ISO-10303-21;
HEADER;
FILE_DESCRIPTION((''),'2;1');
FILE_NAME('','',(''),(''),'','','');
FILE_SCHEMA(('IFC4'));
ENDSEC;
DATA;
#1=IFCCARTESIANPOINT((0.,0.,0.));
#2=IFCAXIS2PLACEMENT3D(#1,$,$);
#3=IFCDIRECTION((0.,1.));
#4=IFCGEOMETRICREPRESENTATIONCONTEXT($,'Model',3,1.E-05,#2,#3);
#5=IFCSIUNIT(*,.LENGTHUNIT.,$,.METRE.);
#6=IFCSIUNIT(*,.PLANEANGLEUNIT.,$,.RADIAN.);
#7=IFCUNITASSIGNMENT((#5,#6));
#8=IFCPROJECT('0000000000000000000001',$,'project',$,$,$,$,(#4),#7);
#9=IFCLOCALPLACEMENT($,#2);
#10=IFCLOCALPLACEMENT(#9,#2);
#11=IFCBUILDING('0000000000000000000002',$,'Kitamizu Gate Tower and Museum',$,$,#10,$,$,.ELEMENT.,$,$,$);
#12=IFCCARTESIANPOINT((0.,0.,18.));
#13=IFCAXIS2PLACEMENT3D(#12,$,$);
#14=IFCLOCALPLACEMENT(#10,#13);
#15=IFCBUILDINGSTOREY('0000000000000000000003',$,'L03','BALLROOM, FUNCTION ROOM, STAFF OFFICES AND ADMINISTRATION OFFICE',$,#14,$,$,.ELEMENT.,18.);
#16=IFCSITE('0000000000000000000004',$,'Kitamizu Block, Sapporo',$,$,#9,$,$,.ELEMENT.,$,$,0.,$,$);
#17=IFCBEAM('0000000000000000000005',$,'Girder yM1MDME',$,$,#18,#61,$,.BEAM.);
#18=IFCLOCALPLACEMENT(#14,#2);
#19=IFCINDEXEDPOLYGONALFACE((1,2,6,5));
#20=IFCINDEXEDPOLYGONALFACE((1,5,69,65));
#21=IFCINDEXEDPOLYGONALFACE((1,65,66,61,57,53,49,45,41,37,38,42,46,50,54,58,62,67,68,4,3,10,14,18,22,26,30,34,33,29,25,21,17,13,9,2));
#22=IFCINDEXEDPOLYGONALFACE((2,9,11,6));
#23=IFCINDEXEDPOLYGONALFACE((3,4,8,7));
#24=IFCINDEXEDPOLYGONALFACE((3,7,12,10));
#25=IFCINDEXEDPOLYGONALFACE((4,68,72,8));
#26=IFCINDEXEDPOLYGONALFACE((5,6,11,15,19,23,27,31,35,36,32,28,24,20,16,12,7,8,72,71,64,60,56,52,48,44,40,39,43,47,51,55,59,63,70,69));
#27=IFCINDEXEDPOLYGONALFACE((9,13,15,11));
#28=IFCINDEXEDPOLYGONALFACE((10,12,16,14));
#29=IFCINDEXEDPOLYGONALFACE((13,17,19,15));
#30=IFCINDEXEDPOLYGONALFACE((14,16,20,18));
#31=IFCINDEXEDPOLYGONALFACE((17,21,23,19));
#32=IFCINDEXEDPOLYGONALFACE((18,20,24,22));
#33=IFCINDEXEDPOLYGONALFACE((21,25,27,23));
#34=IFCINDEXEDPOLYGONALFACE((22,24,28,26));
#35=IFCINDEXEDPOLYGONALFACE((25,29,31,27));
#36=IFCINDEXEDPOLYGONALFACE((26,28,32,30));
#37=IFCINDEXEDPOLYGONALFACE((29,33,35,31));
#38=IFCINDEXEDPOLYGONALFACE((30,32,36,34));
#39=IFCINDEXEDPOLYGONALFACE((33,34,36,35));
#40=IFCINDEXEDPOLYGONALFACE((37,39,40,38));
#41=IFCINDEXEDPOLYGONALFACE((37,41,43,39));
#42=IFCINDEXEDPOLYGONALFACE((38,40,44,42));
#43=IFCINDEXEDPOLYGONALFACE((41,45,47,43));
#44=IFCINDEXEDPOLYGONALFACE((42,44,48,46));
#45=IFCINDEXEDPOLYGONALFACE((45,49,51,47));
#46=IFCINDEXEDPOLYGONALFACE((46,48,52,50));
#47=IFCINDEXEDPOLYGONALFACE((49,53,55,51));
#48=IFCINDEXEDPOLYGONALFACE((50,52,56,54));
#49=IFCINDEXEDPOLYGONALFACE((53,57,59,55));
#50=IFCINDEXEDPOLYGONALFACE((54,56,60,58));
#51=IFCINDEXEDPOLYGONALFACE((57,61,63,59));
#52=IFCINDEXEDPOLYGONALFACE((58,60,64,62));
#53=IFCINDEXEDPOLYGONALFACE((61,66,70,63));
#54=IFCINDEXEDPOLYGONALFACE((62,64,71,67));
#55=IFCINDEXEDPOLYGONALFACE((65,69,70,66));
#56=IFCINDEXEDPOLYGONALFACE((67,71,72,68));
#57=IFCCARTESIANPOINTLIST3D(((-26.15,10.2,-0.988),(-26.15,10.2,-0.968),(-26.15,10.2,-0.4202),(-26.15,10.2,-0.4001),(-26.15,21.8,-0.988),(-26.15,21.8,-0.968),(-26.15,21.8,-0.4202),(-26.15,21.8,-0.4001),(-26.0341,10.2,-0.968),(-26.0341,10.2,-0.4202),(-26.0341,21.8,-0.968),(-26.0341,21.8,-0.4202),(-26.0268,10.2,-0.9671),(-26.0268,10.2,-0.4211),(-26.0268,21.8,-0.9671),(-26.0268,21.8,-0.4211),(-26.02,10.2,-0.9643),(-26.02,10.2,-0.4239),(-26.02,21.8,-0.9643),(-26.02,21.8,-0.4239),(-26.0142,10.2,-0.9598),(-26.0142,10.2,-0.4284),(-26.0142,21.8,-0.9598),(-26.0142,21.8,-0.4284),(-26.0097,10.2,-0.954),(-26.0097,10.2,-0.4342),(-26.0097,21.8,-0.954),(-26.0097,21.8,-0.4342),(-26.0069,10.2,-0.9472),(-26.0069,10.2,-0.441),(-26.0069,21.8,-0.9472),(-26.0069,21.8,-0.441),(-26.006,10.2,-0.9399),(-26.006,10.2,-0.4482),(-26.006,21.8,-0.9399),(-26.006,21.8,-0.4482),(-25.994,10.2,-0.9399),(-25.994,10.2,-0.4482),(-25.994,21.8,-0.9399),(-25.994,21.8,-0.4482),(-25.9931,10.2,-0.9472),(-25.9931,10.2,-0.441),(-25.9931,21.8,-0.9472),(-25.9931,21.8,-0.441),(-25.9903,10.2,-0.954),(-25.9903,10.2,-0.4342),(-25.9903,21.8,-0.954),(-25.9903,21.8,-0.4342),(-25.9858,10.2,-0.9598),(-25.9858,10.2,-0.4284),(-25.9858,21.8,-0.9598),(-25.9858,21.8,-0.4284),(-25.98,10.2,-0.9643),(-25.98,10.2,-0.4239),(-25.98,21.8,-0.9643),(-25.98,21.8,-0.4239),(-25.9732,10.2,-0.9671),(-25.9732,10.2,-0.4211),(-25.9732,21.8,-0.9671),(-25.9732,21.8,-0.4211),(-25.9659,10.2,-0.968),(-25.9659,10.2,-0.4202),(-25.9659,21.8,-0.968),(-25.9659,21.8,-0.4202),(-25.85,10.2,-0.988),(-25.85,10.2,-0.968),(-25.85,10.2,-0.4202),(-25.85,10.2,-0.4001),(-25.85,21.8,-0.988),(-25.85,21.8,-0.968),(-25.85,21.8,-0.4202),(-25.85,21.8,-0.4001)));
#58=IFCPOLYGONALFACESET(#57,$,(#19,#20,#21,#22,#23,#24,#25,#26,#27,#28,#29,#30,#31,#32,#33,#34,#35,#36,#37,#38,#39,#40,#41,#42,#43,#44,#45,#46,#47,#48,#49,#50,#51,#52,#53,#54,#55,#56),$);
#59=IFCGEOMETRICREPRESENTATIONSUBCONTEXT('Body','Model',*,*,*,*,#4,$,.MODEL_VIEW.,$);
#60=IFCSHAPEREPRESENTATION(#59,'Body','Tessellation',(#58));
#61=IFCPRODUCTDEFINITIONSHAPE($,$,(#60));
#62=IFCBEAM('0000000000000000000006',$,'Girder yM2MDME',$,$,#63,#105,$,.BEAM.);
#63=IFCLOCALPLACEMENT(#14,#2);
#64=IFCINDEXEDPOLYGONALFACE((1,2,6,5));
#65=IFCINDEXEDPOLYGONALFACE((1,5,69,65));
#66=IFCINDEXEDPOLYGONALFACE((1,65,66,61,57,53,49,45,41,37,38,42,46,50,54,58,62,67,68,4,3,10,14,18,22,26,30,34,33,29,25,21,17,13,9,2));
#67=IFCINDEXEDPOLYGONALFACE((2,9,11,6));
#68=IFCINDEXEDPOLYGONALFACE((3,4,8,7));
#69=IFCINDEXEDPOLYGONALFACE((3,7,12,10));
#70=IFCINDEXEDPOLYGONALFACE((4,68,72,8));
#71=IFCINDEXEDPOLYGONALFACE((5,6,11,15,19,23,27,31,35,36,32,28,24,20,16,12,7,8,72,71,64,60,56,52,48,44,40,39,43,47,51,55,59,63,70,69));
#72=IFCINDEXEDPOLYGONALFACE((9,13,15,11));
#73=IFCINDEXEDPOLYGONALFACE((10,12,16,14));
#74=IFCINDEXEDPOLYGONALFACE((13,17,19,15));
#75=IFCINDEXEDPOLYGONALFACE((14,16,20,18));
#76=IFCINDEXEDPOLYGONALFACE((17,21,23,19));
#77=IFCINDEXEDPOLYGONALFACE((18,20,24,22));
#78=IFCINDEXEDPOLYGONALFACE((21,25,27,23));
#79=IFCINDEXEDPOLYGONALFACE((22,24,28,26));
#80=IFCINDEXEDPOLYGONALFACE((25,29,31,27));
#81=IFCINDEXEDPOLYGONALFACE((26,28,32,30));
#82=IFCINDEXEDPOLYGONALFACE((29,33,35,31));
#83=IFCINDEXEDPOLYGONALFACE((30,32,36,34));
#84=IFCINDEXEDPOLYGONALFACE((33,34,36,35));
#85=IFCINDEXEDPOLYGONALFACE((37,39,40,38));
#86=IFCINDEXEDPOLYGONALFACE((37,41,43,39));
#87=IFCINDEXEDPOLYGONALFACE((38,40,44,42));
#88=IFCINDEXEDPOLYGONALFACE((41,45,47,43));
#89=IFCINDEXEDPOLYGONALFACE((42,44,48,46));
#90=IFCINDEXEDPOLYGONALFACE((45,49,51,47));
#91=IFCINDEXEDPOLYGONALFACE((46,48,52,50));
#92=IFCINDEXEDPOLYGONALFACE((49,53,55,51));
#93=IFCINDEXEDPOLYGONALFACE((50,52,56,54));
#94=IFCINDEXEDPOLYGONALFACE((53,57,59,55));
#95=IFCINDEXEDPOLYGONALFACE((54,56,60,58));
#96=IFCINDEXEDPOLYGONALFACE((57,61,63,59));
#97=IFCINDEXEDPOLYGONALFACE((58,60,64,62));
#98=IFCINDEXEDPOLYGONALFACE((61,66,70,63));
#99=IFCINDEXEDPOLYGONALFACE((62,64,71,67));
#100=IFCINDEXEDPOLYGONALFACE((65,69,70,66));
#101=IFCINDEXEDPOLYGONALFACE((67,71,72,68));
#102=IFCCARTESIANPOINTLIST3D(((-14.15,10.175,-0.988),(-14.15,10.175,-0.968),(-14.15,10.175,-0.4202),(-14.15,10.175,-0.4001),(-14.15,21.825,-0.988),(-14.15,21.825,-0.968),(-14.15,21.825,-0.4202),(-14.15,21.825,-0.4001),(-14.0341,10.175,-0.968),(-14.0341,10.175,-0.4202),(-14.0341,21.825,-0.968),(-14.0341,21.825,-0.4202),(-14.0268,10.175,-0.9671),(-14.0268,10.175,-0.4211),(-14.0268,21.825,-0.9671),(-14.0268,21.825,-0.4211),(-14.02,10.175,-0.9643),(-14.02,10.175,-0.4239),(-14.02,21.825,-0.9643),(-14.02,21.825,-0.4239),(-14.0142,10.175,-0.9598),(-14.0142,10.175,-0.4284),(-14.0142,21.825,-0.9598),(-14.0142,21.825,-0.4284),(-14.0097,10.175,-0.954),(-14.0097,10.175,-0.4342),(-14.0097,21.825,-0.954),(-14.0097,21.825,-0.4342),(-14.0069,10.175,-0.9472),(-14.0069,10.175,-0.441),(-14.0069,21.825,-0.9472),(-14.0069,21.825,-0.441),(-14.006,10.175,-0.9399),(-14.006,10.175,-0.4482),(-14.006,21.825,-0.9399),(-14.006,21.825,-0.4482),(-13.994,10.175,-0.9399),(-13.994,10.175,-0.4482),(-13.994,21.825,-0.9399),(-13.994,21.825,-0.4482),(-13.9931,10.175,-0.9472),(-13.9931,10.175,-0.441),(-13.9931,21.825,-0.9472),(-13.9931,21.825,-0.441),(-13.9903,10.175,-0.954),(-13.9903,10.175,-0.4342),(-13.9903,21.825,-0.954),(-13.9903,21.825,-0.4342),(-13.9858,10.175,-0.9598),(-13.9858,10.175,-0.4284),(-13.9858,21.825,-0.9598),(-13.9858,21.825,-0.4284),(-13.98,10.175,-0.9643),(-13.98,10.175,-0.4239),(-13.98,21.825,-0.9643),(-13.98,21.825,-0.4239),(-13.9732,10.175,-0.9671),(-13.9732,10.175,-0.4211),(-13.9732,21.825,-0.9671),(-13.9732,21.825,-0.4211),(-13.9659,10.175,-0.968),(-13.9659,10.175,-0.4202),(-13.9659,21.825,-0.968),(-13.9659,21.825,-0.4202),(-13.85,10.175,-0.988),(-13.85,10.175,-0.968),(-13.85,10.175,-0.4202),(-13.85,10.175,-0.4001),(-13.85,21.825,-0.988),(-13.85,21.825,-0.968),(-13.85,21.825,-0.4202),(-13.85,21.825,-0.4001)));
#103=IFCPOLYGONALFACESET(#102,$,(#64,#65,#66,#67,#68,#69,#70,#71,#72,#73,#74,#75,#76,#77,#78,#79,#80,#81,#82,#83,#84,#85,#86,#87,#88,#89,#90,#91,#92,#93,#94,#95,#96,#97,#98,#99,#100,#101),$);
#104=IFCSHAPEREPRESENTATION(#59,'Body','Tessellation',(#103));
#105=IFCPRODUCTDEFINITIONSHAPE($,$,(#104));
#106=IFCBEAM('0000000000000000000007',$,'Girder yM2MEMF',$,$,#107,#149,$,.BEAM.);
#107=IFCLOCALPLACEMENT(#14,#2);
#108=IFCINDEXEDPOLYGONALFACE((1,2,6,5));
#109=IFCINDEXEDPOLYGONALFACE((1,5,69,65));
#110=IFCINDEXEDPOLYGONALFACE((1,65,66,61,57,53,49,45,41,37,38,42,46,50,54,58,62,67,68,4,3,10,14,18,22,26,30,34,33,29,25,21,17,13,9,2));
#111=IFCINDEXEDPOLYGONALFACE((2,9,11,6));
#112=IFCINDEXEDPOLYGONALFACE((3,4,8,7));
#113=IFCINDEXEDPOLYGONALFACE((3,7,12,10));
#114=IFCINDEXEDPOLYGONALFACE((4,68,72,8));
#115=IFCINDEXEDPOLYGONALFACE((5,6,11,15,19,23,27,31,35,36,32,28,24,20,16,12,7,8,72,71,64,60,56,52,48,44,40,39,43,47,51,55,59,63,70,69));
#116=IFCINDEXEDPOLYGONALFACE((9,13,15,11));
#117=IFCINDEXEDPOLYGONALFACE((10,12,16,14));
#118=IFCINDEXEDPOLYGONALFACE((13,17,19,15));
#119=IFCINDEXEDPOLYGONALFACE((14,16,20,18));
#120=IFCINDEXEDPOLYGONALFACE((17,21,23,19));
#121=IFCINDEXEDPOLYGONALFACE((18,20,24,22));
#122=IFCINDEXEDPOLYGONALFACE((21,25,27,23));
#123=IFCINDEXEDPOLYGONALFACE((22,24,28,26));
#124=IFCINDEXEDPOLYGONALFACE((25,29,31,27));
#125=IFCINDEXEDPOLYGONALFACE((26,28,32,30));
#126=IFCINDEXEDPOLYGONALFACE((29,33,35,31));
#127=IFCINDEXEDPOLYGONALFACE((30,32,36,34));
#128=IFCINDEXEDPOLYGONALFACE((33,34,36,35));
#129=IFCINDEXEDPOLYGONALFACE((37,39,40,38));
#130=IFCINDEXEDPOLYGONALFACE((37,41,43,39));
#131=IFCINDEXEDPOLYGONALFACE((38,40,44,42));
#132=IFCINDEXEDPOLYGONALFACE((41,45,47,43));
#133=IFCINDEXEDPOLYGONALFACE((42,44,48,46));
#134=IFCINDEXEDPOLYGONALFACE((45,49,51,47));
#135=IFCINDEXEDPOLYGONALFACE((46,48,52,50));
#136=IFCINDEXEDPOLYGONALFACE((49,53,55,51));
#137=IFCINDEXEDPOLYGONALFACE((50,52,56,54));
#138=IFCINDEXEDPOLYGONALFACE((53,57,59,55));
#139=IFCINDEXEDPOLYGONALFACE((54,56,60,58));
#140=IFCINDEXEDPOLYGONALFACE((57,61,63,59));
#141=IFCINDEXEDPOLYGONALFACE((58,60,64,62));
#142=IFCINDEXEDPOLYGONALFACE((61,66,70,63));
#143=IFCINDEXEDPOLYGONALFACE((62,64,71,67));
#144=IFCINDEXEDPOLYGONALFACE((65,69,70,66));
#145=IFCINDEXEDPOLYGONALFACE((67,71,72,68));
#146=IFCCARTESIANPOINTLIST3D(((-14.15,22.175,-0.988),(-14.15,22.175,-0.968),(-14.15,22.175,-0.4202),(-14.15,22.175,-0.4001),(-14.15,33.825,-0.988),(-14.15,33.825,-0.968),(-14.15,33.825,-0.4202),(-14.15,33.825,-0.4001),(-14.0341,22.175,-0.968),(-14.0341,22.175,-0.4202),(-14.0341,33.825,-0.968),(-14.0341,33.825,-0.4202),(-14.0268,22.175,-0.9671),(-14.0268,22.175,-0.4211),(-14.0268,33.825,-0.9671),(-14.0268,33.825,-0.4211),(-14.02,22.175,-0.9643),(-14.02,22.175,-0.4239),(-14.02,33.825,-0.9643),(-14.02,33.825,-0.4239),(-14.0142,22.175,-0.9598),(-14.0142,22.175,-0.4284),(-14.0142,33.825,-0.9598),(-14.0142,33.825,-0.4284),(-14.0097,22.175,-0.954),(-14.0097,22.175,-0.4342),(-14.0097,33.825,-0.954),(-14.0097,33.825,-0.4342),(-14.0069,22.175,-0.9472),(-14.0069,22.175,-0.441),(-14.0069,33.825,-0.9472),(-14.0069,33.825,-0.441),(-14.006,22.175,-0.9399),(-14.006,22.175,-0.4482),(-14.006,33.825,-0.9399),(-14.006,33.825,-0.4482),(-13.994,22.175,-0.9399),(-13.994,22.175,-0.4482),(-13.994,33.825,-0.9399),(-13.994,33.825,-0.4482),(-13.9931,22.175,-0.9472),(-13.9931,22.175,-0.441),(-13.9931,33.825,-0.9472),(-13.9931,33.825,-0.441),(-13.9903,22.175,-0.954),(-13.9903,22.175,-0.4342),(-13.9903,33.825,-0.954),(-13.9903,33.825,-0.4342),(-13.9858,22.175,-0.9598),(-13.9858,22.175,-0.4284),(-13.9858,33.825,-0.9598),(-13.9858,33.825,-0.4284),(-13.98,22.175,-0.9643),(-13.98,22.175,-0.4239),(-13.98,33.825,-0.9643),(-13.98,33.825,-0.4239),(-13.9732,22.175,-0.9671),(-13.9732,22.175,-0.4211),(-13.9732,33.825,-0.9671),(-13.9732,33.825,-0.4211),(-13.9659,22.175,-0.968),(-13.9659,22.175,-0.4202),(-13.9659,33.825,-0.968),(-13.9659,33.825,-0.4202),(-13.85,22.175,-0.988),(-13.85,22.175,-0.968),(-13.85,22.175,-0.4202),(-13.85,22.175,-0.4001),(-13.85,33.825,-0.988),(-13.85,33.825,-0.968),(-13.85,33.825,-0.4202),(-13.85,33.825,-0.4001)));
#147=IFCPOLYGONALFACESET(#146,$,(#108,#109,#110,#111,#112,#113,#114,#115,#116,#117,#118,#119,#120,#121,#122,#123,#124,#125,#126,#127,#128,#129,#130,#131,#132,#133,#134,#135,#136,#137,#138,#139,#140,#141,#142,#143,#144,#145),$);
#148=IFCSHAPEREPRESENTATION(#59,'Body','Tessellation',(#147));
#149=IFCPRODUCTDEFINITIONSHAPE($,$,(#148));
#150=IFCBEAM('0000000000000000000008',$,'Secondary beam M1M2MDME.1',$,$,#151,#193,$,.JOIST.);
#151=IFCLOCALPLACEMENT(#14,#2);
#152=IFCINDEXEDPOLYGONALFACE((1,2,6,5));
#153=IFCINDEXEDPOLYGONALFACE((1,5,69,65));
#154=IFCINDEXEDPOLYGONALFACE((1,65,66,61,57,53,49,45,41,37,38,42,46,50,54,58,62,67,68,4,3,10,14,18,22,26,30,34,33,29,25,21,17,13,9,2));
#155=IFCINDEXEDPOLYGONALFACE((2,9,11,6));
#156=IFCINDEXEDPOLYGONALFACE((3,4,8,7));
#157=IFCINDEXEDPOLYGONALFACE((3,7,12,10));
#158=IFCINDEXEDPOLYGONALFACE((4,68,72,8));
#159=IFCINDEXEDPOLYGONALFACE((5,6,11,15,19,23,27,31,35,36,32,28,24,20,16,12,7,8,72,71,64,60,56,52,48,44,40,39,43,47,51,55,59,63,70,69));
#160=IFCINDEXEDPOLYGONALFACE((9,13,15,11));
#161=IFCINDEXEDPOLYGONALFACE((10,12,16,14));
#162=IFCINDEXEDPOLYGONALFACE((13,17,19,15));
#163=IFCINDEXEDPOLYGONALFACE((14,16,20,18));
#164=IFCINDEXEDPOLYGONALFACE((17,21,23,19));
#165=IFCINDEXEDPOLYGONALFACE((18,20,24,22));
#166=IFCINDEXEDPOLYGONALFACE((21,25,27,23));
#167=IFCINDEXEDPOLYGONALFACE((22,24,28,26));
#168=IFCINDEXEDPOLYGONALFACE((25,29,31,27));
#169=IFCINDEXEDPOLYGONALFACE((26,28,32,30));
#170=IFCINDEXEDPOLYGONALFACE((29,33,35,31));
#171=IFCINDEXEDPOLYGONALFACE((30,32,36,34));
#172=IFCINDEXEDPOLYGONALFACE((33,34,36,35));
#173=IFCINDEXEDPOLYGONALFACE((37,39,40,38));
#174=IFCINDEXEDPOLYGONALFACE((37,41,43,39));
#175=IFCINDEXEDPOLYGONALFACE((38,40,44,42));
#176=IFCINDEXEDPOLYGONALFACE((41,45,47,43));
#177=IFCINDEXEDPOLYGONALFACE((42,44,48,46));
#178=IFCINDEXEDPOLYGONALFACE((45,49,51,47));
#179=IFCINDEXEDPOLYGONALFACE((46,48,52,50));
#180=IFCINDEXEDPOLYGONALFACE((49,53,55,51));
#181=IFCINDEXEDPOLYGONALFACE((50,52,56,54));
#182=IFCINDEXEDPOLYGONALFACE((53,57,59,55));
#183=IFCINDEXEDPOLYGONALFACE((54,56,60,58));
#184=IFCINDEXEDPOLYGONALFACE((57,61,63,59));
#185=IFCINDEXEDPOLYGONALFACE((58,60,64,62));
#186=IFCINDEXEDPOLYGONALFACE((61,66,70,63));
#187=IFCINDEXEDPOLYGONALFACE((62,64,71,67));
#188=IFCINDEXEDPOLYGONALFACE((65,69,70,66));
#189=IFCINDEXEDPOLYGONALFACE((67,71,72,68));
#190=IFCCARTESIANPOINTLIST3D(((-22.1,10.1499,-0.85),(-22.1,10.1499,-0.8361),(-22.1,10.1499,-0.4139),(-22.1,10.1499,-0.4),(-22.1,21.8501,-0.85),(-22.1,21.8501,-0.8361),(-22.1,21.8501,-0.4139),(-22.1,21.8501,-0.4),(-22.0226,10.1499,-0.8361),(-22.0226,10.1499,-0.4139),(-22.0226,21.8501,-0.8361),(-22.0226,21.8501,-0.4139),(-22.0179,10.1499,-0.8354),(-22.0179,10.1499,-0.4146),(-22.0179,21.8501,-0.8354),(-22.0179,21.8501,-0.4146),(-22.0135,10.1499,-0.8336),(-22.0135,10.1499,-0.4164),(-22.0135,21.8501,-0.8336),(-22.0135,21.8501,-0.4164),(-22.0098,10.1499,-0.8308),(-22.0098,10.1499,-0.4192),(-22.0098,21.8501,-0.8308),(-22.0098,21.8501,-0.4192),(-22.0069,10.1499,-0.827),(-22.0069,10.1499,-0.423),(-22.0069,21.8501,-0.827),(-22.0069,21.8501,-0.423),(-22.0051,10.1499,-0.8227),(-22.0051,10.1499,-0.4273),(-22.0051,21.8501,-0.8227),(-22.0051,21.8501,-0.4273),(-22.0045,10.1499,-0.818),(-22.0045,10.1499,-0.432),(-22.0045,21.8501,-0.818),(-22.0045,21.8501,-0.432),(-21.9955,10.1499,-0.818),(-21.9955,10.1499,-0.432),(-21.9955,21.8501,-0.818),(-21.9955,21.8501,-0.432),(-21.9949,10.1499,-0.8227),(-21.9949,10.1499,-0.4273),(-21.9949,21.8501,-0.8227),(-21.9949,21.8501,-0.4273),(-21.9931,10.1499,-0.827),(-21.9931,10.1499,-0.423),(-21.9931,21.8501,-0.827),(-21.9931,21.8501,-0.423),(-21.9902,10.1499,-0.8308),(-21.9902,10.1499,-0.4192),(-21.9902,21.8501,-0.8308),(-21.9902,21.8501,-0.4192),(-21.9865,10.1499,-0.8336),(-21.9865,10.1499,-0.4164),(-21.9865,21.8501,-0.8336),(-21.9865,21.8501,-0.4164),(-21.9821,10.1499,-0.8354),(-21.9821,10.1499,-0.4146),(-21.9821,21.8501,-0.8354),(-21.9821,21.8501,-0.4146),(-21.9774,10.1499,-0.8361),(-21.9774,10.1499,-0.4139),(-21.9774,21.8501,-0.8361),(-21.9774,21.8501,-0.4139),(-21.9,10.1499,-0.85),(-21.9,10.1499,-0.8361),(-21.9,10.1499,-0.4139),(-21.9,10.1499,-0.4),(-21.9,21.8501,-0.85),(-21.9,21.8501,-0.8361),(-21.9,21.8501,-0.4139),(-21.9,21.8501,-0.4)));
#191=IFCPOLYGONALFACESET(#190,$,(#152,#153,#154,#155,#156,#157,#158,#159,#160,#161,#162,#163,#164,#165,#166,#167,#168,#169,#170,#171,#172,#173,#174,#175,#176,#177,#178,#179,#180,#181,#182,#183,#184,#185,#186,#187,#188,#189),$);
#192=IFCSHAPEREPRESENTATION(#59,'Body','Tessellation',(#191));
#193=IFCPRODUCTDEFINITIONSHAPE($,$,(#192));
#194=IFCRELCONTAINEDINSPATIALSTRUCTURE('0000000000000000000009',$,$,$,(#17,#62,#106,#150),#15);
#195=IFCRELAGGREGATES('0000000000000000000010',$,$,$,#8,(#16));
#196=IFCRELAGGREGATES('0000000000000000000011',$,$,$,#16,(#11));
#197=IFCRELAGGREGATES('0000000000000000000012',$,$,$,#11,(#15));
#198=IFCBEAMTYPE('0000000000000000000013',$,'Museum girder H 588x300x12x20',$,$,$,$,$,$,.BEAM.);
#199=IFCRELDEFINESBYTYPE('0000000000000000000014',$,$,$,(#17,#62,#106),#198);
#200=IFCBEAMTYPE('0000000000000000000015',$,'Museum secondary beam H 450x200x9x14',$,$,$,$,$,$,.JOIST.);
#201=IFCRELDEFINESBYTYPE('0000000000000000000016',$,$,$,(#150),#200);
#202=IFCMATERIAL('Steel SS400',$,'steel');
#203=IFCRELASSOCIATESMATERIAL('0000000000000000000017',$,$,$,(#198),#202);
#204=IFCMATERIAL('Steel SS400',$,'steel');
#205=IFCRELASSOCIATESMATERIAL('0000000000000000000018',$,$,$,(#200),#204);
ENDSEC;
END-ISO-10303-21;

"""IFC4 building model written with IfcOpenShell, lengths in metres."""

from ifc_helpers import new_model, si_unit, direction, frame, origin, origin_2d, place, context, subcontext, project, spatial, i_section, extrude, material, material_profile, profile_set, type_object, element, save


model = new_model("IFC4")

# Units and contexts
model_context = context("Model", 3, precision=1e-05, world=origin(), true_north=direction((0.0, 1.0)))
body_context = subcontext(model_context, "Body", "Model", "MODEL_VIEW")
ifc_project = project(units=[si_unit("LENGTHUNIT", "METRE"), si_unit("PLANEANGLEUNIT", "RADIAN")], contexts=[model_context])

# Site, building, storey
site_placement = place(None, origin())
site = spatial("IfcSite", under=ifc_project, at=site_placement, Name="Kitamizu Block, Sapporo", CompositionType="ELEMENT", RefElevation=0.0)
building_placement = place(site_placement, origin())
building = spatial("IfcBuilding", under=site, at=building_placement, Name="Kitamizu Gate Tower and Museum", CompositionType="ELEMENT")
storey_placement = place(building_placement, frame((0.0, 0.0, 18.0)))
storey = spatial("IfcBuildingStorey", under=building, at=storey_placement, Name="L03", Description="BALLROOM, FUNCTION ROOM, STAFF OFFICES AND ADMINISTRATION OFFICE", CompositionType="ELEMENT", Elevation=18.0)

# Beams
ifc_material_1 = material(Name="Steel SS400", Category="steel")
ifc_material_profile_1 = material_profile(ifc_material_1, i_section(OverallWidth=0.3, OverallDepth=0.5879, WebThickness=0.012, FlangeThickness=0.02, FilletRadius=0.0281, at=origin_2d()), Name="H-588x300x12x20")
ifc_profile_set_1 = profile_set([ifc_material_profile_1], Name="Steel SS400")
beam_type_1 = type_object("IfcBeamType", Name="Museum girder H 588x300x12x20", PredefinedType="BEAM", material=ifc_profile_set_1)
beam_placement = place(storey_placement, frame((-26.0, 10.2, -0.6941), z_axis=(0.0, 1.0, 0.0), x_axis=(-1.0, 0.0, 0.0)))
element("IfcBeam", 1, at=beam_placement, inside=storey, type_object=beam_type_1, Name="Girder yM1MDME", PredefinedType="BEAM", context=body_context, shape_type="SweptSolid", body=[
    extrude(i_section(OverallWidth=0.3, OverallDepth=0.5879, WebThickness=0.012, FlangeThickness=0.02, FilletRadius=0.0281, at=origin_2d()), origin(), (0.0, 0.0, 1.0), 11.6001),
])
for number, where, z_axis, x_axis, name in (
    (2, (-14.0, 10.175, -0.6941), (0.0, 1.0, 0.0), (-1.0, 0.0, 0.0), "Girder yM2MDME"),
    (3, (-14.0, 22.175, -0.6941), (0.0, 1.0, 0.0), (-1.0, 0.0, 0.0), "Girder yM2MEMF"),
):
    element("IfcBeam", number, at=place(storey_placement, frame(where, z_axis=z_axis, x_axis=x_axis)), inside=storey, type_object=beam_type_1, Name=name, PredefinedType="BEAM", context=body_context, shape_type="SweptSolid", body=[
        extrude(i_section(OverallWidth=0.3, OverallDepth=0.5879, WebThickness=0.012, FlangeThickness=0.02, FilletRadius=0.0281, at=origin_2d()), origin(), (0.0, 0.0, 1.0), 11.6499),
    ])
ifc_material_2 = material(Name="Steel SS400", Category="steel")
ifc_material_profile_2 = material_profile(ifc_material_2, i_section(OverallWidth=0.2, OverallDepth=0.45, WebThickness=0.009, FlangeThickness=0.0139, FilletRadius=0.0181, at=origin_2d()), Name="H-450x200x9x14")
ifc_profile_set_2 = profile_set([ifc_material_profile_2], Name="Steel SS400")
beam_type_2 = type_object("IfcBeamType", Name="Museum secondary beam H 450x200x9x14", PredefinedType="JOIST", material=ifc_profile_set_2)
for number, where, z_axis, x_axis, name in (
    (4, (-22.0, 10.1499, -0.625), (0.0, 1.0, 0.0), (-1.0, 0.0, 0.0), "Secondary beam M1M2MDME.1"),
):
    element("IfcBeam", number, at=place(storey_placement, frame(where, z_axis=z_axis, x_axis=x_axis)), inside=storey, type_object=beam_type_2, Name=name, PredefinedType="JOIST", context=body_context, shape_type="SweptSolid", body=[
        extrude(i_section(OverallWidth=0.2, OverallDepth=0.45, WebThickness=0.009, FlangeThickness=0.0139, FilletRadius=0.0181, at=origin_2d()), origin(), (0.0, 0.0, 1.0), 11.7002),
    ])

save(model, "model.ifc")
